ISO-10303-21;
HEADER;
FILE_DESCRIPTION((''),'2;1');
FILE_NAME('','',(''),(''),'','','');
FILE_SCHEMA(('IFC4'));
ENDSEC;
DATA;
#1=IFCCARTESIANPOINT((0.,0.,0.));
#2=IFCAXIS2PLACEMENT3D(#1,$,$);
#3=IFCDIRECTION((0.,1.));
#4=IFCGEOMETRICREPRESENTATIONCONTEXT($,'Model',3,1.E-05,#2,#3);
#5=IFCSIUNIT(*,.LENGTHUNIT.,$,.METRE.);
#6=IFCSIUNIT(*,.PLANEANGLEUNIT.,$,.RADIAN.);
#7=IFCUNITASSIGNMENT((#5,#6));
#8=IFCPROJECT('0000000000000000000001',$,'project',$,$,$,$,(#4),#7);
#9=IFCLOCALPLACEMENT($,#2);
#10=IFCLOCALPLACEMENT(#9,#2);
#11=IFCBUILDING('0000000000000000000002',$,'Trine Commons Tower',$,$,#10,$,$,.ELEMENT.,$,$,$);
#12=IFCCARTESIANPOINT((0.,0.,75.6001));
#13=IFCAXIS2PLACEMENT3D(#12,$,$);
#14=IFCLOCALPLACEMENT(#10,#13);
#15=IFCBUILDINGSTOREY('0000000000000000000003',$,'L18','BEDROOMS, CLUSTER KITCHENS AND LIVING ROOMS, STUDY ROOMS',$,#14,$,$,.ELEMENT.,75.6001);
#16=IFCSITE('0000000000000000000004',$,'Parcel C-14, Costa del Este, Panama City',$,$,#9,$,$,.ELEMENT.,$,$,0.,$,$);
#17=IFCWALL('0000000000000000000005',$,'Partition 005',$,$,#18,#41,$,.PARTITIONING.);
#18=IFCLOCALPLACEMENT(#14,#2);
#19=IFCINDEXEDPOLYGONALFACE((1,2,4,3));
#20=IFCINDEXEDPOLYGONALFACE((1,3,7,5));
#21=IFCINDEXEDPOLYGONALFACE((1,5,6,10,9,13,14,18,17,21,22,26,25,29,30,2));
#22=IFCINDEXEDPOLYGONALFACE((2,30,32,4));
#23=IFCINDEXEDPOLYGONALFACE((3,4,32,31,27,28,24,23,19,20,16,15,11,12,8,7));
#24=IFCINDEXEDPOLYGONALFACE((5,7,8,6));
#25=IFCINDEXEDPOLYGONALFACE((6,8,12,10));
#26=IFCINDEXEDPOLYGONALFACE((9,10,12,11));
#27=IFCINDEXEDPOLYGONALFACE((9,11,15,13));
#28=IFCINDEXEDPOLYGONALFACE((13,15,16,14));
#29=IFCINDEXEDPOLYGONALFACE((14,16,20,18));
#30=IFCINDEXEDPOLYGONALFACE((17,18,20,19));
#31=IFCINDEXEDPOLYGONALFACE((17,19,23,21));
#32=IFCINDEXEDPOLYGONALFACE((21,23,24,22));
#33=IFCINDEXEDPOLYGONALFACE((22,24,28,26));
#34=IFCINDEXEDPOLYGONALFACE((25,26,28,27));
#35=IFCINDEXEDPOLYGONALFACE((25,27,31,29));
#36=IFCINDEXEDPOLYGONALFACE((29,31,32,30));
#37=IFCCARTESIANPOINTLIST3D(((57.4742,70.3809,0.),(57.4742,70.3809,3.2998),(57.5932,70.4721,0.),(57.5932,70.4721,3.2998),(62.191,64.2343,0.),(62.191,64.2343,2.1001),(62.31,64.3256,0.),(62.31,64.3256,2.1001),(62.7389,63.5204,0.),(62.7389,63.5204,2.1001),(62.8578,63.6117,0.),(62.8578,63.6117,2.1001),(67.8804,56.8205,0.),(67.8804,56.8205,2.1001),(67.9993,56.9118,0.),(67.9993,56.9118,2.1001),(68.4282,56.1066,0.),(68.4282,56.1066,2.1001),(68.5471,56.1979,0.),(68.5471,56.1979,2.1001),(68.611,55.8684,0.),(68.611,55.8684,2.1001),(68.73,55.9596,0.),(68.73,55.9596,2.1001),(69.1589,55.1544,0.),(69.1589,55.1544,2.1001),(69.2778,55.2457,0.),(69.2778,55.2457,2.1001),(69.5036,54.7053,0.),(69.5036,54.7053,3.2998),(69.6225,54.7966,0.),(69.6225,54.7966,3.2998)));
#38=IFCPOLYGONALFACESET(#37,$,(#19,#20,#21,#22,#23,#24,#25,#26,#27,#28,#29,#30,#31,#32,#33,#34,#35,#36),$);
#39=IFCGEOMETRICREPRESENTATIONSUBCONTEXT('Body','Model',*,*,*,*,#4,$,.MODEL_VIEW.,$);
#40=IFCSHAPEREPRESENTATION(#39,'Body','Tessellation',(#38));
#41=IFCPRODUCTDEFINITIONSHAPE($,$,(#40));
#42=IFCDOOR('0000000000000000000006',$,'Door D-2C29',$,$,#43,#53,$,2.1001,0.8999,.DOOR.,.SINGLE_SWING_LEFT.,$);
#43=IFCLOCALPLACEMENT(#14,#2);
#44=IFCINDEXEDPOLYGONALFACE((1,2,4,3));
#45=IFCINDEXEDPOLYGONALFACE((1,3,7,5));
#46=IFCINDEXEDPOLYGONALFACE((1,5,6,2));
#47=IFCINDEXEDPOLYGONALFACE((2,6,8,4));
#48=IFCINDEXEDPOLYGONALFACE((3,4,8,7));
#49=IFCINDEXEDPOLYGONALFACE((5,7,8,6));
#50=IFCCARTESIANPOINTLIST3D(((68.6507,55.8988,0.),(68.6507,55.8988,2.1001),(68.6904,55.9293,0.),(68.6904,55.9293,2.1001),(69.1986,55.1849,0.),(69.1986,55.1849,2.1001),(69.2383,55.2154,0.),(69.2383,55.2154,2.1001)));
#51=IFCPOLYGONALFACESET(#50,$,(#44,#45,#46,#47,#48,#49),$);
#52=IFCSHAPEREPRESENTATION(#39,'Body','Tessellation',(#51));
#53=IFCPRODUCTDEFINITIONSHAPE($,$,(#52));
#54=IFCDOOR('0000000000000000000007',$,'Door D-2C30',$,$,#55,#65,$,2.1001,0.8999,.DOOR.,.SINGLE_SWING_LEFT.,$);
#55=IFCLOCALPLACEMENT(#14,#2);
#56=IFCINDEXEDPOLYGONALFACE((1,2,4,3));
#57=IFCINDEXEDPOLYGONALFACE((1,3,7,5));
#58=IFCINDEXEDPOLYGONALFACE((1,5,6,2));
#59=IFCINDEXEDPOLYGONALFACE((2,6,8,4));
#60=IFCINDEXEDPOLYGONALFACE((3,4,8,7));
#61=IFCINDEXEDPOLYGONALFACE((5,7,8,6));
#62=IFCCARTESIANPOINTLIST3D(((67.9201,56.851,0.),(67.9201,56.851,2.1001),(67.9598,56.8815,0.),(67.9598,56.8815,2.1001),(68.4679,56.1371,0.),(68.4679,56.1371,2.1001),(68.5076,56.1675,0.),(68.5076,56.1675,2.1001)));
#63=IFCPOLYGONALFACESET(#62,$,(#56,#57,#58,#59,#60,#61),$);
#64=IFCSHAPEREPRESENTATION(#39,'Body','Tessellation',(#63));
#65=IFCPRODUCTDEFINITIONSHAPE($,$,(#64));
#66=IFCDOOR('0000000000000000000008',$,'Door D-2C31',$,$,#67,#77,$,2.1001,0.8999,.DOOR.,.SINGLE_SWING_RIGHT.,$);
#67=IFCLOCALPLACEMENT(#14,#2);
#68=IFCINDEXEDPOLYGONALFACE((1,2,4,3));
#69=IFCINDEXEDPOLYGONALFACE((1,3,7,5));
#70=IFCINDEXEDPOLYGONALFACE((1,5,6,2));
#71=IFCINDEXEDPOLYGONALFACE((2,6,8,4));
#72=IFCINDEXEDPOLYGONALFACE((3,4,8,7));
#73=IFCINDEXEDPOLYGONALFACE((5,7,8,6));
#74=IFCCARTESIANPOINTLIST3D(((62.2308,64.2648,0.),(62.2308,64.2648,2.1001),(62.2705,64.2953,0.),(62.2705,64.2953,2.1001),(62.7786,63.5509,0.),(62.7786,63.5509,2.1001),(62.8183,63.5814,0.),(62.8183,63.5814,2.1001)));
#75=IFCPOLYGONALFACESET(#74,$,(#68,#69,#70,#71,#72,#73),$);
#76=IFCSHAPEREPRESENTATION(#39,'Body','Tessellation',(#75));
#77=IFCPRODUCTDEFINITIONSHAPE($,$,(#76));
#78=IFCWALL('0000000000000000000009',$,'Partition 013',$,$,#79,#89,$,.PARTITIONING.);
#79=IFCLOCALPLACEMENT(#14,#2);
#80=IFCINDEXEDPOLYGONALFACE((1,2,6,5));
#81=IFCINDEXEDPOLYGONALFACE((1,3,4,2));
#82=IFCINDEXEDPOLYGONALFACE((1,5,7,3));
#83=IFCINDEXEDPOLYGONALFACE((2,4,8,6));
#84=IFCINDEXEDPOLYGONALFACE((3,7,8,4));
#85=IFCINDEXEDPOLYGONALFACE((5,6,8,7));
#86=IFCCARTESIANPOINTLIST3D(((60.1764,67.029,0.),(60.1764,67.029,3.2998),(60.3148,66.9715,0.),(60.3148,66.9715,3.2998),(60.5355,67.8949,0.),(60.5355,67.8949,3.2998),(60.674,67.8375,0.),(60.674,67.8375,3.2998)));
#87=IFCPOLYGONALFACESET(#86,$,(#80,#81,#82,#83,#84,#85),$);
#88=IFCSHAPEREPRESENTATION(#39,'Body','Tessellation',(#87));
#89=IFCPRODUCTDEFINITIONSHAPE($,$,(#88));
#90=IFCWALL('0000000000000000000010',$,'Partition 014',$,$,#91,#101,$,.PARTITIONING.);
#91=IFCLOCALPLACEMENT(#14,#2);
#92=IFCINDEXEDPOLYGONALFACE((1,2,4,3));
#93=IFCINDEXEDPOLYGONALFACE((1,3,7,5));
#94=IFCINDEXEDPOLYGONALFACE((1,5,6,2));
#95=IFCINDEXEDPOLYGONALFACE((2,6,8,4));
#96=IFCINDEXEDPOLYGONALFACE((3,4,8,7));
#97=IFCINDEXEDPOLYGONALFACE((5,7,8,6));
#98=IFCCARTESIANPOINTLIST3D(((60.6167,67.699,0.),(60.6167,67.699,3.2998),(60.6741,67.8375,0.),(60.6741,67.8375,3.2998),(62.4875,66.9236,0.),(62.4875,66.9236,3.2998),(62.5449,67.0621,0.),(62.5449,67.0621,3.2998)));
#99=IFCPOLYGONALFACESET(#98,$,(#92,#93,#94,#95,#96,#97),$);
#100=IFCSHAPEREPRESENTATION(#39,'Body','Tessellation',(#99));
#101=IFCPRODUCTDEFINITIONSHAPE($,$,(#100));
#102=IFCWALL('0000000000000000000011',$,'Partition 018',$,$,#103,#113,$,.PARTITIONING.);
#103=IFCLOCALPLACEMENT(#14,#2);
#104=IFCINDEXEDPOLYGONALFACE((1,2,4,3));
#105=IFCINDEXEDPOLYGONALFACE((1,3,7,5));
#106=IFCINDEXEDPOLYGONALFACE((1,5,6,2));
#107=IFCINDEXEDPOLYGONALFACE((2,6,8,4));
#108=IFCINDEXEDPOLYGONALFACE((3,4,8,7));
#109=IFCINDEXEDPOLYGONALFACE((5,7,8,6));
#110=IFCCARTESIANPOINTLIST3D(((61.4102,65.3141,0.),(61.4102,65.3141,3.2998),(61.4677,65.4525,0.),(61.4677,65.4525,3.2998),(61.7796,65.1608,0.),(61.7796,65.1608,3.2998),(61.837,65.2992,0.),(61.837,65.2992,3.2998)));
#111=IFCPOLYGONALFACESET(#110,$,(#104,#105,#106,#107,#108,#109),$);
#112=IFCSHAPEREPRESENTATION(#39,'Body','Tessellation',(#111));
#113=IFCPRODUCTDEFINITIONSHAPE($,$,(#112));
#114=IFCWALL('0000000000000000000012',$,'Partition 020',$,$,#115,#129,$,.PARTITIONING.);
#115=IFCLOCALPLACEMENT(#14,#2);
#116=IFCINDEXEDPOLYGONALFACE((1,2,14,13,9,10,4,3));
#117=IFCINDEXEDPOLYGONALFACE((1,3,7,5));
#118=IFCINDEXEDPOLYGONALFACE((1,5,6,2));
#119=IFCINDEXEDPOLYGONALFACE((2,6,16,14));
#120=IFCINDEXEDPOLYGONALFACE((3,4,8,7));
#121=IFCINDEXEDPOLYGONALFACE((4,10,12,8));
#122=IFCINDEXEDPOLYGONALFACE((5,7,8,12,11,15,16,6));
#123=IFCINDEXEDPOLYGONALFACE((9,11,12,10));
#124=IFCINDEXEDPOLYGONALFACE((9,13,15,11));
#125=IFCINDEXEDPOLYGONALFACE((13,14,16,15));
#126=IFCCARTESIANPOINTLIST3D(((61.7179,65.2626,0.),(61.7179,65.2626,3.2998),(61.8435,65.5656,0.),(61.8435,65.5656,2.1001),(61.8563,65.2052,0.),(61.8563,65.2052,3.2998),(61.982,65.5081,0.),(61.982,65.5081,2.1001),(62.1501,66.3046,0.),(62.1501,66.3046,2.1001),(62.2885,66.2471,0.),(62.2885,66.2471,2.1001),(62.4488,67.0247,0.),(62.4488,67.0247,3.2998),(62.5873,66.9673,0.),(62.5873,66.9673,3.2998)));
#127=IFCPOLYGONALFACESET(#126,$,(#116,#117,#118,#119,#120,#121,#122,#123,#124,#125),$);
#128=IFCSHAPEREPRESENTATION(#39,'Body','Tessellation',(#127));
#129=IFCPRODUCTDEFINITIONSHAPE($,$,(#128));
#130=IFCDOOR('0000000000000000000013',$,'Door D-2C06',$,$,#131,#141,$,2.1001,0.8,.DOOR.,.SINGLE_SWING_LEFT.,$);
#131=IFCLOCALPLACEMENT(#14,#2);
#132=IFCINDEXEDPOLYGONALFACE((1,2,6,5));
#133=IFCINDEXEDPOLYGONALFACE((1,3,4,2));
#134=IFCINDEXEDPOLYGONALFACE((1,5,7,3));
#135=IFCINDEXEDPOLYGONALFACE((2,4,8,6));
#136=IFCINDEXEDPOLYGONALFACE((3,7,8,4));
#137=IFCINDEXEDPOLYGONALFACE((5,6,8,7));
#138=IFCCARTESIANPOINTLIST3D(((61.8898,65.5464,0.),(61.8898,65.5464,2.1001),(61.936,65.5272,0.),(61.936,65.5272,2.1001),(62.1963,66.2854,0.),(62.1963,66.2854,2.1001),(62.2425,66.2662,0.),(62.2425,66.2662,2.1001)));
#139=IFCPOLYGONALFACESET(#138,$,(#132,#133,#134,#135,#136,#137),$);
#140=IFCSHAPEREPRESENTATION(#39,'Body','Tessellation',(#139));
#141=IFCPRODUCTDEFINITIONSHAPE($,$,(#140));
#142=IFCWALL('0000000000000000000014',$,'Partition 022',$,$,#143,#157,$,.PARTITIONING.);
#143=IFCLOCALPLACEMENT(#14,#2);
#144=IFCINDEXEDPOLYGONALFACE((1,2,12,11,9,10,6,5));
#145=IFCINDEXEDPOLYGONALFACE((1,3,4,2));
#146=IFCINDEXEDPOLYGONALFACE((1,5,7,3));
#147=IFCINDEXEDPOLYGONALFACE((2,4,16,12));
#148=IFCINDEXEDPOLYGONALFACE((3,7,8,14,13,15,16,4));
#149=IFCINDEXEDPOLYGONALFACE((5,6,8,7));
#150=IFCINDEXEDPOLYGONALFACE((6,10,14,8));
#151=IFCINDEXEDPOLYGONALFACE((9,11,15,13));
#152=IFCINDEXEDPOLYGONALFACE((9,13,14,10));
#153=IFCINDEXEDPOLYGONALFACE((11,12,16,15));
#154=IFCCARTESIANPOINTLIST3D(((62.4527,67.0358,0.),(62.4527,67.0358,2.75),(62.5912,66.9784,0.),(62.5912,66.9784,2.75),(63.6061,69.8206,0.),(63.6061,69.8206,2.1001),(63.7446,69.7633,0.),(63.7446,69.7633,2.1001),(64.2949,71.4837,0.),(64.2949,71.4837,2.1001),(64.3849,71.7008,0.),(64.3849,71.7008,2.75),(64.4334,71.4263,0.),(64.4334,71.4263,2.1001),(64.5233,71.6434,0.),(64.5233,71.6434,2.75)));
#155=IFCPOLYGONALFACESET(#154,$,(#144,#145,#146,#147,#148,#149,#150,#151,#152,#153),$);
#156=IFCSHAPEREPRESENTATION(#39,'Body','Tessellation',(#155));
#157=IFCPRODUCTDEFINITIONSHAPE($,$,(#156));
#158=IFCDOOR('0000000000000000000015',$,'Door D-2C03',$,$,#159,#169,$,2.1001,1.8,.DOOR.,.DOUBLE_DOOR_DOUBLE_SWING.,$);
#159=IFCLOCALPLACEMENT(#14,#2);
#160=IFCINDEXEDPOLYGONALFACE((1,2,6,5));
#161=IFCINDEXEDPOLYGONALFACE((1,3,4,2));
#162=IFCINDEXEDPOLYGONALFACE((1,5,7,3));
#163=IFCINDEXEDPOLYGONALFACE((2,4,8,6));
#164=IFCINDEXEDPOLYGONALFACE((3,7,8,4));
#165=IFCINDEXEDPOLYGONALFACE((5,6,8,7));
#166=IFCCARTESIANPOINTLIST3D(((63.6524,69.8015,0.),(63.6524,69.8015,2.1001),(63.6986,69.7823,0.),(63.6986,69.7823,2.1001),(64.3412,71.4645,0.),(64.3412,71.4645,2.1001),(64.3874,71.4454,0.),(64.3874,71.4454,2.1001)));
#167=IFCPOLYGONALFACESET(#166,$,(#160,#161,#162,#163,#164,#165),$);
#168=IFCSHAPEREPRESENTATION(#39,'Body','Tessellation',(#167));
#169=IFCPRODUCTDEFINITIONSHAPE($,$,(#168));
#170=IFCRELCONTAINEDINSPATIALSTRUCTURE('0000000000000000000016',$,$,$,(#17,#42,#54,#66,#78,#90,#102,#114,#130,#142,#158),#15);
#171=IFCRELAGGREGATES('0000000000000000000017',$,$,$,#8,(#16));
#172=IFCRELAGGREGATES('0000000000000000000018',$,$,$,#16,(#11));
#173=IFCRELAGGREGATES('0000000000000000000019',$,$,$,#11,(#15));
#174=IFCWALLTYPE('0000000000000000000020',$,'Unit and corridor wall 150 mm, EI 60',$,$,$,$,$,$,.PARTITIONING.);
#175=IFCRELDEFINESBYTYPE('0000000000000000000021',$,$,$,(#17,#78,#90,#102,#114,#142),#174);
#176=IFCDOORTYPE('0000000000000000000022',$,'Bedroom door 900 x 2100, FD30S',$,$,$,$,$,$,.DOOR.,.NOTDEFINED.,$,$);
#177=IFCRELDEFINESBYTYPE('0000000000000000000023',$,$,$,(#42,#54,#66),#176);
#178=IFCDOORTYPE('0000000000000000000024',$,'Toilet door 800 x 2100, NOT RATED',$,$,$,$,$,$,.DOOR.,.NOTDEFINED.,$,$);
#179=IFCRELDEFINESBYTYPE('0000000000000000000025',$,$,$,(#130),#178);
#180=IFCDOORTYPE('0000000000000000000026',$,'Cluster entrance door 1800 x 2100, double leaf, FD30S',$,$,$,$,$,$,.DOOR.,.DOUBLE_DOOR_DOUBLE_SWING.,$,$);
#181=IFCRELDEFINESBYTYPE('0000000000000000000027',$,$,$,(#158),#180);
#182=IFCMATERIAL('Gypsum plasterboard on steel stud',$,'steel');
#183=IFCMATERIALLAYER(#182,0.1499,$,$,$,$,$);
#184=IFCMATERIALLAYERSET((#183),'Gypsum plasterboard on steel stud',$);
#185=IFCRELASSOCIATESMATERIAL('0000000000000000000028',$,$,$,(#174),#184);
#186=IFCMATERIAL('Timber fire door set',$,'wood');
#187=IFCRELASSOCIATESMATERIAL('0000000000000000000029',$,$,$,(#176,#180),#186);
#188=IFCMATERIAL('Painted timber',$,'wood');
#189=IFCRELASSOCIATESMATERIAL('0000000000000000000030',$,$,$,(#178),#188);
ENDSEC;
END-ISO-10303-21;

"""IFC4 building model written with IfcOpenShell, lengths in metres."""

from ifc_helpers import new_model, si_unit, direction, frame, frame_2d, origin, place, context, subcontext, project, spatial, rectangle, extrude, material, layer, layer_set, type_object, element, fill, save


model = new_model("IFC4")

# Units and contexts
model_context = context("Model", 3, precision=1e-05, world=origin(), true_north=direction((0.0, 1.0)))
body_context = subcontext(model_context, "Body", "Model", "MODEL_VIEW")
ifc_project = project(units=[si_unit("LENGTHUNIT", "METRE"), si_unit("PLANEANGLEUNIT", "RADIAN")], contexts=[model_context])

# Site, building, storey
site_placement = place(None, origin())
site = spatial("IfcSite", under=ifc_project, at=site_placement, Name="Parcel C-14, Costa del Este, Panama City", CompositionType="ELEMENT", RefElevation=0.0)
building_placement = place(site_placement, origin())
building = spatial("IfcBuilding", under=site, at=building_placement, Name="Trine Commons Tower", CompositionType="ELEMENT")
storey_placement = place(building_placement, frame((0.0, 0.0, 75.6001)))
storey = spatial("IfcBuildingStorey", under=building, at=storey_placement, Name="L18", Description="BEDROOMS, CLUSTER KITCHENS AND LIVING ROOMS, STUDY ROOMS", CompositionType="ELEMENT", Elevation=75.6001)

# Wall, openings, doors
ifc_material_1 = material(Name="Gypsum plasterboard on steel stud", Category="steel")
ifc_layer_1 = layer(ifc_material_1, 0.1499)
ifc_layer_set_1 = layer_set([ifc_layer_1], Name="Gypsum plasterboard on steel stud")
wall_type_1 = type_object("IfcWallType", Name="Unit and corridor wall 150 mm, EI 60", PredefinedType="PARTITIONING", material=ifc_layer_set_1)
wall_1_placement = place(storey_placement, frame((57.5337, 70.4265, 0.0), z_axis=(0.0, 0.0, 1.0), x_axis=(0.608794, -0.793328, 0.0)))
wall_1 = element("IfcWall", 1, at=wall_1_placement, inside=storey, type_object=wall_type_1, Name="Partition 005", PredefinedType="PARTITIONING", context=body_context, shape_type="SweptSolid", body=[
    extrude(rectangle(XDim=19.7593, YDim=0.1499, at=frame_2d((9.8796, 0.0))), origin(), (0.0, 0.0, 1.0), 3.2998),
])
opening_1_placement = place(wall_1_placement, frame((18.2932, 0.0, 0.0)))
opening_1 = element("IfcOpeningElement", 2, at=opening_1_placement, cuts=wall_1, PredefinedType="OPENING", context=body_context, shape_type="SweptSolid", body=[
    extrude(rectangle(XDim=0.8999, YDim=2.1001, at=frame_2d((0.45, 1.05))), frame((0.0, 0.085, 0.0), z_axis=(0.0, -1.0, 0.0), x_axis=(1.0, 0.0, 0.0)), (0.0, 0.0, 1.0), 0.1699),
])
opening_2_placement = place(wall_1_placement, frame((17.093, 0.0, 0.0)))
opening_2 = element("IfcOpeningElement", 3, at=opening_2_placement, cuts=wall_1, PredefinedType="OPENING", context=body_context, shape_type="SweptSolid", body=[
    extrude(rectangle(XDim=0.8999, YDim=2.1001, at=frame_2d((0.45, 1.05))), frame((0.0, 0.085, 0.0), z_axis=(0.0, -1.0, 0.0), x_axis=(1.0, 0.0, 0.0)), (0.0, 0.0, 1.0), 0.1699),
])
opening_3_placement = place(wall_1_placement, frame((7.7478, 0.0, 0.0)))
opening_3 = element("IfcOpeningElement", 4, at=opening_3_placement, cuts=wall_1, PredefinedType="OPENING", context=body_context, shape_type="SweptSolid", body=[
    extrude(rectangle(XDim=0.8999, YDim=2.1001, at=frame_2d((0.45, 1.05))), frame((0.0, 0.085, 0.0), z_axis=(0.0, -1.0, 0.0), x_axis=(1.0, 0.0, 0.0)), (0.0, 0.0, 1.0), 0.1699),
])
ifc_material_2 = material(Name="Timber fire door set", Category="wood")
door_type_1 = type_object("IfcDoorType", Name="Bedroom door 900 x 2100, FD30S", OperationType="NOTDEFINED", PredefinedType="DOOR", material=ifc_material_2)
door_1_placement = place(opening_1_placement, frame((0.8999, 0.0, 0.0), z_axis=(0.0, 0.0, 1.0), x_axis=(-1.0, 0.0, 0.0)))
door_1 = element("IfcDoor", 5, at=door_1_placement, inside=storey, type_object=door_type_1, Name="Door D-2C29", OperationType="SINGLE_SWING_LEFT", OverallHeight=2.1001, OverallWidth=0.8999, PredefinedType="DOOR", context=body_context, shape_type="SweptSolid", body=[
    extrude(rectangle(XDim=0.8999, YDim=2.1001, at=frame_2d((0.45, 1.05))), frame((0.0, 0.0249, 0.0), z_axis=(0.0, -1.0, 0.0), x_axis=(1.0, 0.0, 0.0)), (0.0, 0.0, 1.0), 0.05),
])
fill(opening_1, door_1)
door_2_placement = place(opening_2_placement, frame((0.8999, 0.0, 0.0), z_axis=(0.0, 0.0, 1.0), x_axis=(-1.0, 0.0, 0.0)))
door_2 = element("IfcDoor", 6, at=door_2_placement, inside=storey, type_object=door_type_1, Name="Door D-2C30", OperationType="SINGLE_SWING_LEFT", OverallHeight=2.1001, OverallWidth=0.8999, PredefinedType="DOOR", context=body_context, shape_type="SweptSolid", body=[
    extrude(rectangle(XDim=0.8999, YDim=2.1001, at=frame_2d((0.45, 1.05))), frame((0.0, 0.0249, 0.0), z_axis=(0.0, -1.0, 0.0), x_axis=(1.0, 0.0, 0.0)), (0.0, 0.0, 1.0), 0.05),
])
fill(opening_2, door_2)
door_3_placement = place(opening_3_placement, frame((0.8999, 0.0, 0.0), z_axis=(0.0, 0.0, 1.0), x_axis=(-1.0, 0.0, 0.0)))
door_3 = element("IfcDoor", 7, at=door_3_placement, inside=storey, type_object=door_type_1, Name="Door D-2C31", OperationType="SINGLE_SWING_RIGHT", OverallHeight=2.1001, OverallWidth=0.8999, PredefinedType="DOOR", context=body_context, shape_type="SweptSolid", body=[
    extrude(rectangle(XDim=0.8999, YDim=2.1001, at=frame_2d((0.45, 1.05))), frame((0.0, 0.0249, 0.0), z_axis=(0.0, -1.0, 0.0), x_axis=(1.0, 0.0, 0.0)), (0.0, 0.0, 1.0), 0.05),
])
fill(opening_3, door_3)

# Walls
wall_2_placement = place(storey_placement, frame((60.2456, 67.0002, 0.0), z_axis=(0.0, 0.0, 1.0), x_axis=(0.38308, 0.923715, 0.0)))
element("IfcWall", 8, at=wall_2_placement, inside=storey, type_object=wall_type_1, Name="Partition 013", PredefinedType="PARTITIONING", context=body_context, shape_type="SweptSolid", body=[
    extrude(rectangle(XDim=0.9375, YDim=0.1499, at=frame_2d((0.4688, 0.0))), origin(), (0.0, 0.0, 1.0), 3.2998),
])
wall_3_placement = place(storey_placement, frame((60.6453, 67.7683, 0.0), z_axis=(0.0, 0.0, 1.0), x_axis=(0.923799, -0.382877, 0.0)))
element("IfcWall", 9, at=wall_3_placement, inside=storey, type_object=wall_type_1, Name="Partition 014", PredefinedType="PARTITIONING", context=body_context, shape_type="SweptSolid", body=[
    extrude(rectangle(XDim=2.0251, YDim=0.1499, at=frame_2d((1.0127, 0.0))), origin(), (0.0, 0.0, 1.0), 3.2998),
])
wall_4_placement = place(storey_placement, frame((61.439, 65.3833, 0.0), z_axis=(0.0, 0.0, 1.0), x_axis=(0.9236, -0.383358, 0.0)))
element("IfcWall", 10, at=wall_4_placement, inside=storey, type_object=wall_type_1, Name="Partition 018", PredefinedType="PARTITIONING", context=body_context, shape_type="SweptSolid", body=[
    extrude(rectangle(XDim=0.3999, YDim=0.1499, at=frame_2d((0.2, 0.0))), origin(), (0.0, 0.0, 1.0), 3.2998),
])

# Walls, openings, doors
wall_5_placement = place(storey_placement, frame((61.7871, 65.2339, 0.0), z_axis=(0.0, 0.0, 1.0), x_axis=(0.383143, 0.923689, 0.0)))
wall_5 = element("IfcWall", 11, at=wall_5_placement, inside=storey, type_object=wall_type_1, Name="Partition 020", PredefinedType="PARTITIONING", context=body_context, shape_type="SweptSolid", body=[
    extrude(rectangle(XDim=1.9077, YDim=0.1499, at=frame_2d((0.9539, 0.0))), origin(), (0.0, 0.0, 1.0), 3.2998),
])
opening_4_placement = place(wall_5_placement, frame((0.3281, 0.0, 0.0)))
opening_4 = element("IfcOpeningElement", 12, at=opening_4_placement, cuts=wall_5, PredefinedType="OPENING", context=body_context, shape_type="SweptSolid", body=[
    extrude(rectangle(XDim=0.8, YDim=2.1001, at=frame_2d((0.3999, 1.05))), frame((0.0, 0.085, 0.0), z_axis=(0.0, -1.0, 0.0), x_axis=(1.0, 0.0, 0.0)), (0.0, 0.0, 1.0), 0.1699),
])
ifc_material_3 = material(Name="Painted timber", Category="wood")
door_type_2 = type_object("IfcDoorType", Name="Toilet door 800 x 2100, NOT RATED", OperationType="NOTDEFINED", PredefinedType="DOOR", material=ifc_material_3)
door_4_placement = place(opening_4_placement, origin())
door_4 = element("IfcDoor", 13, at=door_4_placement, inside=storey, type_object=door_type_2, Name="Door D-2C06", OperationType="SINGLE_SWING_LEFT", OverallHeight=2.1001, OverallWidth=0.8, PredefinedType="DOOR", context=body_context, shape_type="SweptSolid", body=[
    extrude(rectangle(XDim=0.8, YDim=2.1001, at=frame_2d((0.3999, 1.05))), frame((0.0, 0.0249, 0.0), z_axis=(0.0, -1.0, 0.0), x_axis=(1.0, 0.0, 0.0)), (0.0, 0.0, 1.0), 0.05),
])
fill(opening_4, door_4)
wall_6_placement = place(storey_placement, frame((62.522, 67.0071, 0.0), z_axis=(0.0, 0.0, 1.0), x_axis=(0.382651, 0.923893, 0.0)))
wall_6 = element("IfcWall", 14, at=wall_6_placement, inside=storey, type_object=wall_type_1, Name="Partition 022", PredefinedType="PARTITIONING", context=body_context, shape_type="SweptSolid", body=[
    extrude(rectangle(XDim=5.0493, YDim=0.1499, at=frame_2d((2.5247, 0.0))), origin(), (0.0, 0.0, 1.0), 2.75),
])
opening_5_placement = place(wall_6_placement, frame((3.0144, 0.0, 0.0)))
opening_5 = element("IfcOpeningElement", 15, at=opening_5_placement, cuts=wall_6, PredefinedType="OPENING", context=body_context, shape_type="SweptSolid", body=[
    extrude(rectangle(XDim=1.8, YDim=2.1001, at=frame_2d((0.8999, 1.05))), frame((0.0, 0.085, 0.0), z_axis=(0.0, -1.0, 0.0), x_axis=(1.0, 0.0, 0.0)), (0.0, 0.0, 1.0), 0.1699),
])
door_type_3 = type_object("IfcDoorType", Name="Cluster entrance door 1800 x 2100, double leaf, FD30S", OperationType="DOUBLE_DOOR_DOUBLE_SWING", PredefinedType="DOOR", material=ifc_material_2)
door_5_placement = place(opening_5_placement, origin())
door_5 = element("IfcDoor", 16, at=door_5_placement, inside=storey, type_object=door_type_3, Name="Door D-2C03", OperationType="DOUBLE_DOOR_DOUBLE_SWING", OverallHeight=2.1001, OverallWidth=1.8, PredefinedType="DOOR", context=body_context, shape_type="SweptSolid", body=[
    extrude(rectangle(XDim=1.8, YDim=2.1001, at=frame_2d((0.8999, 1.05))), frame((0.0, 0.0249, 0.0), z_axis=(0.0, -1.0, 0.0), x_axis=(1.0, 0.0, 0.0)), (0.0, 0.0, 1.0), 0.05),
])
fill(opening_5, door_5)

save(model, "model.ifc")
